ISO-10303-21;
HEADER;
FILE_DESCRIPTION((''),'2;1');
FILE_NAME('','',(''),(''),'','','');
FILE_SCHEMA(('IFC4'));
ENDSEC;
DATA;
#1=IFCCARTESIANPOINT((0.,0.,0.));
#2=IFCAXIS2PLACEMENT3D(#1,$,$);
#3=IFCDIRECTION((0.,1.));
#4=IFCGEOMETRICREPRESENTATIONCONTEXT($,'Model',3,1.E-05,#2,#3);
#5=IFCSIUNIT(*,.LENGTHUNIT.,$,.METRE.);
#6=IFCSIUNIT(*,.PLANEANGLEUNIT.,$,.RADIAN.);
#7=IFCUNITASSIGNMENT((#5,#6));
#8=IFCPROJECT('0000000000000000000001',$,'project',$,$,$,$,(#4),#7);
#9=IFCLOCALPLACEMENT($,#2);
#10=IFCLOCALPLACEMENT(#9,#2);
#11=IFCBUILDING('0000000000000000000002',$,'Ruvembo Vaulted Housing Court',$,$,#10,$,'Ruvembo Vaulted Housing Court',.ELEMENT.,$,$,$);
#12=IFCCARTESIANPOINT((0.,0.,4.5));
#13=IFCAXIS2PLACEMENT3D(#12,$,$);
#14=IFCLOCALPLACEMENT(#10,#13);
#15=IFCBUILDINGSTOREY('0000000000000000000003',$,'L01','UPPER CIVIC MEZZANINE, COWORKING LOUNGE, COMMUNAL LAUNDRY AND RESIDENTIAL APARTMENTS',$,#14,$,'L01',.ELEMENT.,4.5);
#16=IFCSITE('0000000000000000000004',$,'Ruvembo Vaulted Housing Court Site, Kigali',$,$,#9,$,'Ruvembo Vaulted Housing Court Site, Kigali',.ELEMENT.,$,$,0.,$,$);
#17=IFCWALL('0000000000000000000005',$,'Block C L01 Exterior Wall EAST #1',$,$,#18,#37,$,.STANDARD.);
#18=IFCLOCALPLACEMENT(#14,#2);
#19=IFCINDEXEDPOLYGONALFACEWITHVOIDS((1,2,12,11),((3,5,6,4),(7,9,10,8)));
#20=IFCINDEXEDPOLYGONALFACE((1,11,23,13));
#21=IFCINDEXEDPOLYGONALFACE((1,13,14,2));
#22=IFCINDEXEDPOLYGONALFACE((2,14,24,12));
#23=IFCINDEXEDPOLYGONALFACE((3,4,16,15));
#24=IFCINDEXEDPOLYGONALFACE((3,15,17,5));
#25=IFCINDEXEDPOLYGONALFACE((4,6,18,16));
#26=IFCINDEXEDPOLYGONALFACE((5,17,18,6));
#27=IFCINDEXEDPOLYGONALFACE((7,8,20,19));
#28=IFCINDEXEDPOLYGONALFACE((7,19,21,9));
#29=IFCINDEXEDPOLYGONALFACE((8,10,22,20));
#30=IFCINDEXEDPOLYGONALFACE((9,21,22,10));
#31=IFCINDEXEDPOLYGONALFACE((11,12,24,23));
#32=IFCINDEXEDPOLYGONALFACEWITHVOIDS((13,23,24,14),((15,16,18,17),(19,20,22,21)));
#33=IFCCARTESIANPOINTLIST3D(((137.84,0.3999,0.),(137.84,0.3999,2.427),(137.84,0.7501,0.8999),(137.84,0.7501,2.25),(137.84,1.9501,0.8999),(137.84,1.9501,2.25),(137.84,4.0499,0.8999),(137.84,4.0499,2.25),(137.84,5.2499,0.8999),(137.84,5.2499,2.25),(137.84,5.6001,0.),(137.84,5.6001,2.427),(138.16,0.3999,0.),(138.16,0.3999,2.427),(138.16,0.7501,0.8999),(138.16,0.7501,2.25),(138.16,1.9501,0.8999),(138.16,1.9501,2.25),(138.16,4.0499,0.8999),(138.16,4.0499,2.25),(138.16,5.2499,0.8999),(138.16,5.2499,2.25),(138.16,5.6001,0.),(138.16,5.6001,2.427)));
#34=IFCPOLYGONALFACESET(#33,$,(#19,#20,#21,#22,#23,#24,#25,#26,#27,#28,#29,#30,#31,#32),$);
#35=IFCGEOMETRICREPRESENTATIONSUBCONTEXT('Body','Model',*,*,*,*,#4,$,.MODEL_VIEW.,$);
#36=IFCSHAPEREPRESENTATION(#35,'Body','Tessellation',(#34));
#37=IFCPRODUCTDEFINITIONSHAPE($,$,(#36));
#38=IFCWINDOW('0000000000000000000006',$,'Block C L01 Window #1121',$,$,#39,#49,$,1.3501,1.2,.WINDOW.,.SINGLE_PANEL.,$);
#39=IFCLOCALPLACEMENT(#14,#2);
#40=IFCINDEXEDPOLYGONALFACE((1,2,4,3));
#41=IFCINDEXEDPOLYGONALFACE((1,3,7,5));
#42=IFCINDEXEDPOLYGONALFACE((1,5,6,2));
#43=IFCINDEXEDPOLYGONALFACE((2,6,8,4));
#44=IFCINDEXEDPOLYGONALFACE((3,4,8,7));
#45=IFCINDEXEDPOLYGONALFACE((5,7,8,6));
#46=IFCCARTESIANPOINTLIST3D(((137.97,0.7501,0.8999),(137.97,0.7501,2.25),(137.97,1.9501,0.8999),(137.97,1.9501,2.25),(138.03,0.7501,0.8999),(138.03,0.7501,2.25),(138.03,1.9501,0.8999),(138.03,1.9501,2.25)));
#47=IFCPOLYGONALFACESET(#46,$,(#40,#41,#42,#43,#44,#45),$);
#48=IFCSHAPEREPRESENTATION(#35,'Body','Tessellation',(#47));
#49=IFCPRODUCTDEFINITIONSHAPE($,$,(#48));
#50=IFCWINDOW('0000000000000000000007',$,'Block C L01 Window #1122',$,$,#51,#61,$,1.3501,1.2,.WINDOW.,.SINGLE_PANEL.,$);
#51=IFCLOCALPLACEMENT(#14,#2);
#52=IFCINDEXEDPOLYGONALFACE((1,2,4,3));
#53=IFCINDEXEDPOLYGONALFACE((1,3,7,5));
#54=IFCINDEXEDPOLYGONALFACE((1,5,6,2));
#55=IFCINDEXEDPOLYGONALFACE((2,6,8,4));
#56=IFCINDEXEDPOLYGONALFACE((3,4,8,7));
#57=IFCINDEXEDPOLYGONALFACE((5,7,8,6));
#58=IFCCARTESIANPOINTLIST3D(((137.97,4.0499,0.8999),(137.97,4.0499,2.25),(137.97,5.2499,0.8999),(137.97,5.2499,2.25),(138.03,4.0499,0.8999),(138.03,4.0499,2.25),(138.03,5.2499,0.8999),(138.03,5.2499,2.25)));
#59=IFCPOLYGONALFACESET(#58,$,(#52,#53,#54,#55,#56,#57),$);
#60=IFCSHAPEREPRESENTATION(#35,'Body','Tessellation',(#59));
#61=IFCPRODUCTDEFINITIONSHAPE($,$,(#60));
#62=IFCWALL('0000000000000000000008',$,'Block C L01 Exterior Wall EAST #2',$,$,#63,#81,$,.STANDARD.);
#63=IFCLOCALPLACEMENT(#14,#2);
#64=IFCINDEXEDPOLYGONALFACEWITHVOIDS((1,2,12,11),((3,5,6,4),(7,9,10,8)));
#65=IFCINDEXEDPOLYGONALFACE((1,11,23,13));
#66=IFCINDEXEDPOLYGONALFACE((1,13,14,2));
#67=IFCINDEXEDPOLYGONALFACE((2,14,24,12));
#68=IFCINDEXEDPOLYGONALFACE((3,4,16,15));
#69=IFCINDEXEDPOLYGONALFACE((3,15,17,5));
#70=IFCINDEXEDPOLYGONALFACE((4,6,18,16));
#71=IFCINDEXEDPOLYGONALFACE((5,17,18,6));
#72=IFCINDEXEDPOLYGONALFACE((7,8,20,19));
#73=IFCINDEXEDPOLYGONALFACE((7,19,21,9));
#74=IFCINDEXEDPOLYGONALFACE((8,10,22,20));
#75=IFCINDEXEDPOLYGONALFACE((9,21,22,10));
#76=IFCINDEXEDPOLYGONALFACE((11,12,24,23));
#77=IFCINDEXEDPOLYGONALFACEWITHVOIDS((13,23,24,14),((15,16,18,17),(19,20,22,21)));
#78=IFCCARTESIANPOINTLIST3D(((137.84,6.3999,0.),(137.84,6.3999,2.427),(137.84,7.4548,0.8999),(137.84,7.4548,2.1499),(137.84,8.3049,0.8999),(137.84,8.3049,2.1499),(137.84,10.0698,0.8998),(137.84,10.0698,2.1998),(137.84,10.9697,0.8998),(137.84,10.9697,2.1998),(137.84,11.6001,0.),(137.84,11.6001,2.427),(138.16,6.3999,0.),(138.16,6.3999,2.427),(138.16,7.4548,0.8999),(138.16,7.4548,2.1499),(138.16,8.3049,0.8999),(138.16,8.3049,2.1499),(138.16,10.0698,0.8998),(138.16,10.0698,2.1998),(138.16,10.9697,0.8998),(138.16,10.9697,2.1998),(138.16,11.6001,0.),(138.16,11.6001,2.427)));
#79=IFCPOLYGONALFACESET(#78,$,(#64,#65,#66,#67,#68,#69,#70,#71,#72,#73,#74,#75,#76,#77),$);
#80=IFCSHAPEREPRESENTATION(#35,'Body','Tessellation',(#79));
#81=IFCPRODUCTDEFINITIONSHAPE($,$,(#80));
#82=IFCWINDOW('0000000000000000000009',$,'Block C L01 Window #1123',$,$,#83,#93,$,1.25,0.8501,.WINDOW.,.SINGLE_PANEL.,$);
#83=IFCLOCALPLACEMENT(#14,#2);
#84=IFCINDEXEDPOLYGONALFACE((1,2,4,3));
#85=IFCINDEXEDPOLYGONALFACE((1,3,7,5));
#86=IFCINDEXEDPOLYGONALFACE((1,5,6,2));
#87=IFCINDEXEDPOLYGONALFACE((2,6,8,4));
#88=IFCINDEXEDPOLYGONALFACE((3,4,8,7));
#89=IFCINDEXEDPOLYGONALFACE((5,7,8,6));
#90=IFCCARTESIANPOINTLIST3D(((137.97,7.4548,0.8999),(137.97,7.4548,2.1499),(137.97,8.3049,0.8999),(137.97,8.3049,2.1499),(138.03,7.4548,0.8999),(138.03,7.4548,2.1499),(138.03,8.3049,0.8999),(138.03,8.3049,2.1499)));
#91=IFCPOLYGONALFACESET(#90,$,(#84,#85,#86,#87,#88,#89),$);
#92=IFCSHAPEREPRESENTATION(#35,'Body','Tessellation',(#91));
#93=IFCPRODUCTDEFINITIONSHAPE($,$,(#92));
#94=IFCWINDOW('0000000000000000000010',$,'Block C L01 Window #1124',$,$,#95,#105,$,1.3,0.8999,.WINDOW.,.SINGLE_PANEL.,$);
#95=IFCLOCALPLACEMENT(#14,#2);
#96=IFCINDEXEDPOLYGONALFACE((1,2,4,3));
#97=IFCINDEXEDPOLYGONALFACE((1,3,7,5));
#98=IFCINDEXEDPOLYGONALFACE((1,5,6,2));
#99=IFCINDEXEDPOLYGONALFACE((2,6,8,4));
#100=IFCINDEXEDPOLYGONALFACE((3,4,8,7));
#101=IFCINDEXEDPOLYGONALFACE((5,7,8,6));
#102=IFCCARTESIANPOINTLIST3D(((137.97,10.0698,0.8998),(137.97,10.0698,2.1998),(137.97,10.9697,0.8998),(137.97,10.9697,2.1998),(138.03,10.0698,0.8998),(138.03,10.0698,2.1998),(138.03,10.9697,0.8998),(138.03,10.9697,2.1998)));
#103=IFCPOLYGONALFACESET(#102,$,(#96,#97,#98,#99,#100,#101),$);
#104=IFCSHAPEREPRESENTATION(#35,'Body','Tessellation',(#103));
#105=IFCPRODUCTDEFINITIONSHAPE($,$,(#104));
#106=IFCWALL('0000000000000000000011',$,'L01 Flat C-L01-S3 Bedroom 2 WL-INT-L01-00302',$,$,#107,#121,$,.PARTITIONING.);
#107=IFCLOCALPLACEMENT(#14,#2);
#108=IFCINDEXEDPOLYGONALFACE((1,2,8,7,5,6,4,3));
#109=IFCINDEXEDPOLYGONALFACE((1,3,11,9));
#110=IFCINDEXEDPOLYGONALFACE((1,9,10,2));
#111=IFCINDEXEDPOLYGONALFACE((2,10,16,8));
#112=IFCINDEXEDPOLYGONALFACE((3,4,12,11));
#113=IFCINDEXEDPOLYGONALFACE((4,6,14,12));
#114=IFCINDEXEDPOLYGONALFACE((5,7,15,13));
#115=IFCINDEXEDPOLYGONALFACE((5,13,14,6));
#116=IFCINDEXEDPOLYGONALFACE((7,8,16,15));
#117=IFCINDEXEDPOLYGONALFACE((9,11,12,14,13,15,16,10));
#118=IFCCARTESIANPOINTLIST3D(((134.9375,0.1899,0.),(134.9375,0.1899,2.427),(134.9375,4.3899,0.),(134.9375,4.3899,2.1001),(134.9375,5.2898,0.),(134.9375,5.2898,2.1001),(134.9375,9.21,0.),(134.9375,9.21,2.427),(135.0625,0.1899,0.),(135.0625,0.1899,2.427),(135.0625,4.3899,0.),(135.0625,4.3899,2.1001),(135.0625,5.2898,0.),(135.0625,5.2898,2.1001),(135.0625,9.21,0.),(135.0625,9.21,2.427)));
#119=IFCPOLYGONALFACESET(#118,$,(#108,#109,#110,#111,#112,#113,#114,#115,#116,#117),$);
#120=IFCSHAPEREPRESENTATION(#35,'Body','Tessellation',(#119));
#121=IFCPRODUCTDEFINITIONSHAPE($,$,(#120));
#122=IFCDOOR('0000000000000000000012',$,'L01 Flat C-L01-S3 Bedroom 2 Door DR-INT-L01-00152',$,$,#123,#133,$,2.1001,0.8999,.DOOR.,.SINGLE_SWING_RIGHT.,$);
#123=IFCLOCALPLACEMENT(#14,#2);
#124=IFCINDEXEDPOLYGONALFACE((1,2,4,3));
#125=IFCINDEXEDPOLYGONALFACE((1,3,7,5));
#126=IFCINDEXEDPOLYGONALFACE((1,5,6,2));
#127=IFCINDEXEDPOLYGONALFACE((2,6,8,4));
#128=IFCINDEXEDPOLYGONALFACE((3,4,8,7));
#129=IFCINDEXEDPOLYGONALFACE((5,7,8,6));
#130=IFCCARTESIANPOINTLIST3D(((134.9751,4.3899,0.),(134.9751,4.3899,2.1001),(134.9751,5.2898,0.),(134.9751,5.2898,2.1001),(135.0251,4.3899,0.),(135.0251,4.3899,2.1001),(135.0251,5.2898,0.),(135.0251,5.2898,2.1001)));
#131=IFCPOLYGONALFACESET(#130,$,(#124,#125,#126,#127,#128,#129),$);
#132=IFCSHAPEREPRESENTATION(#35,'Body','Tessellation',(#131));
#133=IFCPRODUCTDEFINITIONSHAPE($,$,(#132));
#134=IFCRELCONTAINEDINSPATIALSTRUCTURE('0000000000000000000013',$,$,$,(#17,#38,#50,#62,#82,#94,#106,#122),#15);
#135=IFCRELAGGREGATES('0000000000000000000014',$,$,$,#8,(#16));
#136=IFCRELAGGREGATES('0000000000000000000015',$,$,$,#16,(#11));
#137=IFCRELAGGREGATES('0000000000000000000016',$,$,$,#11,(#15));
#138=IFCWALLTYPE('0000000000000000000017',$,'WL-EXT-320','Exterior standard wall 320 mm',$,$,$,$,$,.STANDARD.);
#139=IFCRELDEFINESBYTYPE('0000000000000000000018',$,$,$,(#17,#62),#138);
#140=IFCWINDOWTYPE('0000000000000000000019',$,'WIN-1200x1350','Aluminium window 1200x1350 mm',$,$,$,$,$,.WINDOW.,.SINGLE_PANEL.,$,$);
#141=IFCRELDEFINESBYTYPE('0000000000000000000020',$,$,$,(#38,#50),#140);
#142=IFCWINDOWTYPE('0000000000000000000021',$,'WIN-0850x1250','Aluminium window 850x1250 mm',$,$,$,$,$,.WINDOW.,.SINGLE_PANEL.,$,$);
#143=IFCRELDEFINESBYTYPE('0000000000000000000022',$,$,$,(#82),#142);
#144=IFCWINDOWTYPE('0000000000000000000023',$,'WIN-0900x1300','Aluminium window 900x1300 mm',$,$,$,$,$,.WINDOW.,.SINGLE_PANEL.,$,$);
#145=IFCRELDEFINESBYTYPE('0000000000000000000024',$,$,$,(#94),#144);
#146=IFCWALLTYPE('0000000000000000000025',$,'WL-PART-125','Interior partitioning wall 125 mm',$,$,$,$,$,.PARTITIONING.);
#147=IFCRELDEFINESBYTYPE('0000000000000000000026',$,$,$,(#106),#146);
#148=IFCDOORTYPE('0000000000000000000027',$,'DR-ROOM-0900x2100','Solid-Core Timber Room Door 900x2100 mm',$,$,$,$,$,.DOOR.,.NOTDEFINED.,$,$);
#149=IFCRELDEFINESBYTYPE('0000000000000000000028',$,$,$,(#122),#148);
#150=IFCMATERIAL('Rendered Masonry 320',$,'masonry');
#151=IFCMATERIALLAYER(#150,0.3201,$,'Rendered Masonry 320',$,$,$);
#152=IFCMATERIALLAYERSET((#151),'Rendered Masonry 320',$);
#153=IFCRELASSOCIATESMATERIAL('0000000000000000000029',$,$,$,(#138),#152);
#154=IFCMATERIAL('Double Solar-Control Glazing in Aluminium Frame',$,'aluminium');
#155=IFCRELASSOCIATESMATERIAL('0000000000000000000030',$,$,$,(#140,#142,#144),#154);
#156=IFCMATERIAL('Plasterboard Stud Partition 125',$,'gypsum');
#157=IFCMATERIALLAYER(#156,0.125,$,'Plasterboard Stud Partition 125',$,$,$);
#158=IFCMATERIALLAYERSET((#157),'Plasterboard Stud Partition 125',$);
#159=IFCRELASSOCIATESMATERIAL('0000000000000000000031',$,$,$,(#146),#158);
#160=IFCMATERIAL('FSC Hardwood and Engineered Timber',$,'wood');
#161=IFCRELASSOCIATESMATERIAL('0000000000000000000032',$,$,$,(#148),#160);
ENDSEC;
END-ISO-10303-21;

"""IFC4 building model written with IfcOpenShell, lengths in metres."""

from ifc_helpers import new_model, si_unit, direction, frame, frame_2d, origin, place, context, subcontext, project, spatial, rectangle, extrude, material, layer, layer_set, type_object, element, fill, save


model = new_model("IFC4")

# Units and contexts
model_context = context("Model", 3, precision=1e-05, world=origin(), true_north=direction((0.0, 1.0)))
body_context = subcontext(model_context, "Body", "Model", "MODEL_VIEW")
ifc_project = project(units=[si_unit("LENGTHUNIT", "METRE"), si_unit("PLANEANGLEUNIT", "RADIAN")], contexts=[model_context])

# Site, building, storey
site_placement = place(None, origin())
site = spatial("IfcSite", under=ifc_project, at=site_placement, Name="Ruvembo Vaulted Housing Court Site, Kigali", LongName="Ruvembo Vaulted Housing Court Site, Kigali", CompositionType="ELEMENT", RefElevation=0.0)
building_placement = place(site_placement, origin())
building = spatial("IfcBuilding", under=site, at=building_placement, Name="Ruvembo Vaulted Housing Court", LongName="Ruvembo Vaulted Housing Court", CompositionType="ELEMENT")
storey_placement = place(building_placement, frame((0.0, 0.0, 4.5)))
storey = spatial("IfcBuildingStorey", under=building, at=storey_placement, Name="L01", Description="UPPER CIVIC MEZZANINE, COWORKING LOUNGE, COMMUNAL LAUNDRY AND RESIDENTIAL APARTMENTS", LongName="L01", CompositionType="ELEMENT", Elevation=4.5)

# Walls, openings, windows
ifc_material_1 = material(Name="Rendered Masonry 320", Category="masonry")
ifc_layer_1 = layer(ifc_material_1, 0.3201, Name="Rendered Masonry 320")
ifc_layer_set_1 = layer_set([ifc_layer_1], Name="Rendered Masonry 320")
wall_type_1 = type_object("IfcWallType", Name="WL-EXT-320", Description="Exterior standard wall 320 mm", PredefinedType="STANDARD", material=ifc_layer_set_1)
ifc_material_2 = material(Name="Double Solar-Control Glazing in Aluminium Frame", Category="aluminium")
wall_1_placement = place(storey_placement, frame((138.0, 0.3999, 0.0), z_axis=(0.0, 0.0, 1.0), x_axis=(0.0, 1.0, 0.0)))
wall_1 = element("IfcWall", 1, at=wall_1_placement, inside=storey, type_object=wall_type_1, Name="Block C L01 Exterior Wall EAST #1", PredefinedType="STANDARD", context=body_context, shape_type="SweptSolid", body=[
    extrude(rectangle(XDim=5.2002, YDim=0.3201, at=frame_2d((2.6001, 0.0))), origin(), (0.0, 0.0, 1.0), 2.427),
])
opening_1_placement = place(wall_1_placement, frame((0.3501, 0.0, 0.8999)))
opening_1 = element("IfcOpeningElement", 2, at=opening_1_placement, cuts=wall_1, PredefinedType="OPENING", context=body_context, shape_type="SweptSolid", body=[
    extrude(rectangle(XDim=1.2, YDim=1.3501, at=frame_2d((0.6001, 0.675))), frame((0.0, 0.1699, 0.0), z_axis=(0.0, -1.0, 0.0), x_axis=(1.0, 0.0, 0.0)), (0.0, 0.0, 1.0), 0.3401),
])
opening_2_placement = place(wall_1_placement, frame((3.6499, 0.0, 0.8999)))
opening_2 = element("IfcOpeningElement", 3, at=opening_2_placement, cuts=wall_1, PredefinedType="OPENING", context=body_context, shape_type="SweptSolid", body=[
    extrude(rectangle(XDim=1.2, YDim=1.3501, at=frame_2d((0.6001, 0.675))), frame((0.0, 0.1699, 0.0), z_axis=(0.0, -1.0, 0.0), x_axis=(1.0, 0.0, 0.0)), (0.0, 0.0, 1.0), 0.3401),
])
window_type_1 = type_object("IfcWindowType", Name="WIN-1200x1350", Description="Aluminium window 1200x1350 mm", PartitioningType="SINGLE_PANEL", PredefinedType="WINDOW", material=ifc_material_2)
window_1_placement = place(opening_1_placement, origin())
window_1 = element("IfcWindow", 4, at=window_1_placement, inside=storey, type_object=window_type_1, Name="Block C L01 Window #1121", OverallHeight=1.3501, OverallWidth=1.2, PartitioningType="SINGLE_PANEL", PredefinedType="WINDOW", context=body_context, shape_type="SweptSolid", body=[
    extrude(rectangle(XDim=1.2, YDim=1.3501, at=frame_2d((0.6001, 0.675))), frame((0.0, 0.03, 0.0), z_axis=(0.0, -1.0, 0.0), x_axis=(1.0, 0.0, 0.0)), (0.0, 0.0, 1.0), 0.0601),
])
fill(opening_1, window_1)
window_2_placement = place(opening_2_placement, origin())
window_2 = element("IfcWindow", 5, at=window_2_placement, inside=storey, type_object=window_type_1, Name="Block C L01 Window #1122", OverallHeight=1.3501, OverallWidth=1.2, PartitioningType="SINGLE_PANEL", PredefinedType="WINDOW", context=body_context, shape_type="SweptSolid", body=[
    extrude(rectangle(XDim=1.2, YDim=1.3501, at=frame_2d((0.6001, 0.675))), frame((0.0, 0.03, 0.0), z_axis=(0.0, -1.0, 0.0), x_axis=(1.0, 0.0, 0.0)), (0.0, 0.0, 1.0), 0.0601),
])
fill(opening_2, window_2)
wall_2_placement = place(storey_placement, frame((138.0, 6.3999, 0.0), z_axis=(0.0, 0.0, 1.0), x_axis=(0.0, 1.0, 0.0)))
wall_2 = element("IfcWall", 6, at=wall_2_placement, inside=storey, type_object=wall_type_1, Name="Block C L01 Exterior Wall EAST #2", PredefinedType="STANDARD", context=body_context, shape_type="SweptSolid", body=[
    extrude(rectangle(XDim=5.2002, YDim=0.3201, at=frame_2d((2.6001, 0.0))), origin(), (0.0, 0.0, 1.0), 2.427),
])
opening_3_placement = place(wall_2_placement, frame((1.0549, 0.0, 0.8999)))
opening_3 = element("IfcOpeningElement", 7, at=opening_3_placement, cuts=wall_2, PredefinedType="OPENING", context=body_context, shape_type="SweptSolid", body=[
    extrude(rectangle(XDim=0.8501, YDim=1.25, at=frame_2d((0.425, 0.625))), frame((0.0, 0.1699, 0.0), z_axis=(0.0, -1.0, 0.0), x_axis=(1.0, 0.0, 0.0)), (0.0, 0.0, 1.0), 0.3401),
])
opening_4_placement = place(wall_2_placement, frame((3.6699, 0.0, 0.8999)))
opening_4 = element("IfcOpeningElement", 8, at=opening_4_placement, cuts=wall_2, PredefinedType="OPENING", context=body_context, shape_type="SweptSolid", body=[
    extrude(rectangle(XDim=0.8999, YDim=1.3, at=frame_2d((0.45, 0.6499))), frame((0.0, 0.1699, 0.0), z_axis=(0.0, -1.0, 0.0), x_axis=(1.0, 0.0, 0.0)), (0.0, 0.0, 1.0), 0.3401),
])
window_type_2 = type_object("IfcWindowType", Name="WIN-0850x1250", Description="Aluminium window 850x1250 mm", PartitioningType="SINGLE_PANEL", PredefinedType="WINDOW", material=ifc_material_2)
window_3_placement = place(opening_3_placement, origin())
window_3 = element("IfcWindow", 9, at=window_3_placement, inside=storey, type_object=window_type_2, Name="Block C L01 Window #1123", OverallHeight=1.25, OverallWidth=0.8501, PartitioningType="SINGLE_PANEL", PredefinedType="WINDOW", context=body_context, shape_type="SweptSolid", body=[
    extrude(rectangle(XDim=0.8501, YDim=1.25, at=frame_2d((0.425, 0.625))), frame((0.0, 0.03, 0.0), z_axis=(0.0, -1.0, 0.0), x_axis=(1.0, 0.0, 0.0)), (0.0, 0.0, 1.0), 0.0601),
])
fill(opening_3, window_3)
window_type_3 = type_object("IfcWindowType", Name="WIN-0900x1300", Description="Aluminium window 900x1300 mm", PartitioningType="SINGLE_PANEL", PredefinedType="WINDOW", material=ifc_material_2)
window_4_placement = place(opening_4_placement, origin())
window_4 = element("IfcWindow", 10, at=window_4_placement, inside=storey, type_object=window_type_3, Name="Block C L01 Window #1124", OverallHeight=1.3, OverallWidth=0.8999, PartitioningType="SINGLE_PANEL", PredefinedType="WINDOW", context=body_context, shape_type="SweptSolid", body=[
    extrude(rectangle(XDim=0.8999, YDim=1.3, at=frame_2d((0.45, 0.6499))), frame((0.0, 0.03, 0.0), z_axis=(0.0, -1.0, 0.0), x_axis=(1.0, 0.0, 0.0)), (0.0, 0.0, 1.0), 0.0601),
])
fill(opening_4, window_4)

# Wall, opening, door
ifc_material_3 = material(Name="Plasterboard Stud Partition 125", Category="gypsum")
ifc_layer_2 = layer(ifc_material_3, 0.125, Name="Plasterboard Stud Partition 125")
ifc_layer_set_2 = layer_set([ifc_layer_2], Name="Plasterboard Stud Partition 125")
wall_type_2 = type_object("IfcWallType", Name="WL-PART-125", Description="Interior partitioning wall 125 mm", PredefinedType="PARTITIONING", material=ifc_layer_set_2)
wall_3_placement = place(storey_placement, frame((135.0, 0.1899, 0.0), z_axis=(0.0, 0.0, 1.0), x_axis=(0.0, 1.0, 0.0)))
wall_3 = element("IfcWall", 11, at=wall_3_placement, inside=storey, type_object=wall_type_2, Name="L01 Flat C-L01-S3 Bedroom 2 WL-INT-L01-00302", PredefinedType="PARTITIONING", context=body_context, shape_type="SweptSolid", body=[
    extrude(rectangle(XDim=9.02, YDim=0.125, at=frame_2d((4.51, 0.0))), origin(), (0.0, 0.0, 1.0), 2.427),
])
opening_5_placement = place(wall_3_placement, frame((4.2, 0.0, 0.0)))
opening_5 = element("IfcOpeningElement", 12, at=opening_5_placement, cuts=wall_3, PredefinedType="OPENING", context=body_context, shape_type="SweptSolid", body=[
    extrude(rectangle(XDim=0.8999, YDim=2.1001, at=frame_2d((0.45, 1.05))), frame((0.0, 0.0725, 0.0), z_axis=(0.0, -1.0, 0.0), x_axis=(1.0, 0.0, 0.0)), (0.0, 0.0, 1.0), 0.145),
])
ifc_material_4 = material(Name="FSC Hardwood and Engineered Timber", Category="wood")
door_type = type_object("IfcDoorType", Name="DR-ROOM-0900x2100", Description="Solid-Core Timber Room Door 900x2100 mm", OperationType="NOTDEFINED", PredefinedType="DOOR", material=ifc_material_4)
door_placement = place(opening_5_placement, origin())
door = element("IfcDoor", 13, at=door_placement, inside=storey, type_object=door_type, Name="L01 Flat C-L01-S3 Bedroom 2 Door DR-INT-L01-00152", OperationType="SINGLE_SWING_RIGHT", OverallHeight=2.1001, OverallWidth=0.8999, PredefinedType="DOOR", context=body_context, shape_type="SweptSolid", body=[
    extrude(rectangle(XDim=0.8999, YDim=2.1001, at=frame_2d((0.45, 1.05))), frame((0.0, 0.0249, 0.0), z_axis=(0.0, -1.0, 0.0), x_axis=(1.0, 0.0, 0.0)), (0.0, 0.0, 1.0), 0.05),
])
fill(opening_5, door)

save(model, "model.ifc")
